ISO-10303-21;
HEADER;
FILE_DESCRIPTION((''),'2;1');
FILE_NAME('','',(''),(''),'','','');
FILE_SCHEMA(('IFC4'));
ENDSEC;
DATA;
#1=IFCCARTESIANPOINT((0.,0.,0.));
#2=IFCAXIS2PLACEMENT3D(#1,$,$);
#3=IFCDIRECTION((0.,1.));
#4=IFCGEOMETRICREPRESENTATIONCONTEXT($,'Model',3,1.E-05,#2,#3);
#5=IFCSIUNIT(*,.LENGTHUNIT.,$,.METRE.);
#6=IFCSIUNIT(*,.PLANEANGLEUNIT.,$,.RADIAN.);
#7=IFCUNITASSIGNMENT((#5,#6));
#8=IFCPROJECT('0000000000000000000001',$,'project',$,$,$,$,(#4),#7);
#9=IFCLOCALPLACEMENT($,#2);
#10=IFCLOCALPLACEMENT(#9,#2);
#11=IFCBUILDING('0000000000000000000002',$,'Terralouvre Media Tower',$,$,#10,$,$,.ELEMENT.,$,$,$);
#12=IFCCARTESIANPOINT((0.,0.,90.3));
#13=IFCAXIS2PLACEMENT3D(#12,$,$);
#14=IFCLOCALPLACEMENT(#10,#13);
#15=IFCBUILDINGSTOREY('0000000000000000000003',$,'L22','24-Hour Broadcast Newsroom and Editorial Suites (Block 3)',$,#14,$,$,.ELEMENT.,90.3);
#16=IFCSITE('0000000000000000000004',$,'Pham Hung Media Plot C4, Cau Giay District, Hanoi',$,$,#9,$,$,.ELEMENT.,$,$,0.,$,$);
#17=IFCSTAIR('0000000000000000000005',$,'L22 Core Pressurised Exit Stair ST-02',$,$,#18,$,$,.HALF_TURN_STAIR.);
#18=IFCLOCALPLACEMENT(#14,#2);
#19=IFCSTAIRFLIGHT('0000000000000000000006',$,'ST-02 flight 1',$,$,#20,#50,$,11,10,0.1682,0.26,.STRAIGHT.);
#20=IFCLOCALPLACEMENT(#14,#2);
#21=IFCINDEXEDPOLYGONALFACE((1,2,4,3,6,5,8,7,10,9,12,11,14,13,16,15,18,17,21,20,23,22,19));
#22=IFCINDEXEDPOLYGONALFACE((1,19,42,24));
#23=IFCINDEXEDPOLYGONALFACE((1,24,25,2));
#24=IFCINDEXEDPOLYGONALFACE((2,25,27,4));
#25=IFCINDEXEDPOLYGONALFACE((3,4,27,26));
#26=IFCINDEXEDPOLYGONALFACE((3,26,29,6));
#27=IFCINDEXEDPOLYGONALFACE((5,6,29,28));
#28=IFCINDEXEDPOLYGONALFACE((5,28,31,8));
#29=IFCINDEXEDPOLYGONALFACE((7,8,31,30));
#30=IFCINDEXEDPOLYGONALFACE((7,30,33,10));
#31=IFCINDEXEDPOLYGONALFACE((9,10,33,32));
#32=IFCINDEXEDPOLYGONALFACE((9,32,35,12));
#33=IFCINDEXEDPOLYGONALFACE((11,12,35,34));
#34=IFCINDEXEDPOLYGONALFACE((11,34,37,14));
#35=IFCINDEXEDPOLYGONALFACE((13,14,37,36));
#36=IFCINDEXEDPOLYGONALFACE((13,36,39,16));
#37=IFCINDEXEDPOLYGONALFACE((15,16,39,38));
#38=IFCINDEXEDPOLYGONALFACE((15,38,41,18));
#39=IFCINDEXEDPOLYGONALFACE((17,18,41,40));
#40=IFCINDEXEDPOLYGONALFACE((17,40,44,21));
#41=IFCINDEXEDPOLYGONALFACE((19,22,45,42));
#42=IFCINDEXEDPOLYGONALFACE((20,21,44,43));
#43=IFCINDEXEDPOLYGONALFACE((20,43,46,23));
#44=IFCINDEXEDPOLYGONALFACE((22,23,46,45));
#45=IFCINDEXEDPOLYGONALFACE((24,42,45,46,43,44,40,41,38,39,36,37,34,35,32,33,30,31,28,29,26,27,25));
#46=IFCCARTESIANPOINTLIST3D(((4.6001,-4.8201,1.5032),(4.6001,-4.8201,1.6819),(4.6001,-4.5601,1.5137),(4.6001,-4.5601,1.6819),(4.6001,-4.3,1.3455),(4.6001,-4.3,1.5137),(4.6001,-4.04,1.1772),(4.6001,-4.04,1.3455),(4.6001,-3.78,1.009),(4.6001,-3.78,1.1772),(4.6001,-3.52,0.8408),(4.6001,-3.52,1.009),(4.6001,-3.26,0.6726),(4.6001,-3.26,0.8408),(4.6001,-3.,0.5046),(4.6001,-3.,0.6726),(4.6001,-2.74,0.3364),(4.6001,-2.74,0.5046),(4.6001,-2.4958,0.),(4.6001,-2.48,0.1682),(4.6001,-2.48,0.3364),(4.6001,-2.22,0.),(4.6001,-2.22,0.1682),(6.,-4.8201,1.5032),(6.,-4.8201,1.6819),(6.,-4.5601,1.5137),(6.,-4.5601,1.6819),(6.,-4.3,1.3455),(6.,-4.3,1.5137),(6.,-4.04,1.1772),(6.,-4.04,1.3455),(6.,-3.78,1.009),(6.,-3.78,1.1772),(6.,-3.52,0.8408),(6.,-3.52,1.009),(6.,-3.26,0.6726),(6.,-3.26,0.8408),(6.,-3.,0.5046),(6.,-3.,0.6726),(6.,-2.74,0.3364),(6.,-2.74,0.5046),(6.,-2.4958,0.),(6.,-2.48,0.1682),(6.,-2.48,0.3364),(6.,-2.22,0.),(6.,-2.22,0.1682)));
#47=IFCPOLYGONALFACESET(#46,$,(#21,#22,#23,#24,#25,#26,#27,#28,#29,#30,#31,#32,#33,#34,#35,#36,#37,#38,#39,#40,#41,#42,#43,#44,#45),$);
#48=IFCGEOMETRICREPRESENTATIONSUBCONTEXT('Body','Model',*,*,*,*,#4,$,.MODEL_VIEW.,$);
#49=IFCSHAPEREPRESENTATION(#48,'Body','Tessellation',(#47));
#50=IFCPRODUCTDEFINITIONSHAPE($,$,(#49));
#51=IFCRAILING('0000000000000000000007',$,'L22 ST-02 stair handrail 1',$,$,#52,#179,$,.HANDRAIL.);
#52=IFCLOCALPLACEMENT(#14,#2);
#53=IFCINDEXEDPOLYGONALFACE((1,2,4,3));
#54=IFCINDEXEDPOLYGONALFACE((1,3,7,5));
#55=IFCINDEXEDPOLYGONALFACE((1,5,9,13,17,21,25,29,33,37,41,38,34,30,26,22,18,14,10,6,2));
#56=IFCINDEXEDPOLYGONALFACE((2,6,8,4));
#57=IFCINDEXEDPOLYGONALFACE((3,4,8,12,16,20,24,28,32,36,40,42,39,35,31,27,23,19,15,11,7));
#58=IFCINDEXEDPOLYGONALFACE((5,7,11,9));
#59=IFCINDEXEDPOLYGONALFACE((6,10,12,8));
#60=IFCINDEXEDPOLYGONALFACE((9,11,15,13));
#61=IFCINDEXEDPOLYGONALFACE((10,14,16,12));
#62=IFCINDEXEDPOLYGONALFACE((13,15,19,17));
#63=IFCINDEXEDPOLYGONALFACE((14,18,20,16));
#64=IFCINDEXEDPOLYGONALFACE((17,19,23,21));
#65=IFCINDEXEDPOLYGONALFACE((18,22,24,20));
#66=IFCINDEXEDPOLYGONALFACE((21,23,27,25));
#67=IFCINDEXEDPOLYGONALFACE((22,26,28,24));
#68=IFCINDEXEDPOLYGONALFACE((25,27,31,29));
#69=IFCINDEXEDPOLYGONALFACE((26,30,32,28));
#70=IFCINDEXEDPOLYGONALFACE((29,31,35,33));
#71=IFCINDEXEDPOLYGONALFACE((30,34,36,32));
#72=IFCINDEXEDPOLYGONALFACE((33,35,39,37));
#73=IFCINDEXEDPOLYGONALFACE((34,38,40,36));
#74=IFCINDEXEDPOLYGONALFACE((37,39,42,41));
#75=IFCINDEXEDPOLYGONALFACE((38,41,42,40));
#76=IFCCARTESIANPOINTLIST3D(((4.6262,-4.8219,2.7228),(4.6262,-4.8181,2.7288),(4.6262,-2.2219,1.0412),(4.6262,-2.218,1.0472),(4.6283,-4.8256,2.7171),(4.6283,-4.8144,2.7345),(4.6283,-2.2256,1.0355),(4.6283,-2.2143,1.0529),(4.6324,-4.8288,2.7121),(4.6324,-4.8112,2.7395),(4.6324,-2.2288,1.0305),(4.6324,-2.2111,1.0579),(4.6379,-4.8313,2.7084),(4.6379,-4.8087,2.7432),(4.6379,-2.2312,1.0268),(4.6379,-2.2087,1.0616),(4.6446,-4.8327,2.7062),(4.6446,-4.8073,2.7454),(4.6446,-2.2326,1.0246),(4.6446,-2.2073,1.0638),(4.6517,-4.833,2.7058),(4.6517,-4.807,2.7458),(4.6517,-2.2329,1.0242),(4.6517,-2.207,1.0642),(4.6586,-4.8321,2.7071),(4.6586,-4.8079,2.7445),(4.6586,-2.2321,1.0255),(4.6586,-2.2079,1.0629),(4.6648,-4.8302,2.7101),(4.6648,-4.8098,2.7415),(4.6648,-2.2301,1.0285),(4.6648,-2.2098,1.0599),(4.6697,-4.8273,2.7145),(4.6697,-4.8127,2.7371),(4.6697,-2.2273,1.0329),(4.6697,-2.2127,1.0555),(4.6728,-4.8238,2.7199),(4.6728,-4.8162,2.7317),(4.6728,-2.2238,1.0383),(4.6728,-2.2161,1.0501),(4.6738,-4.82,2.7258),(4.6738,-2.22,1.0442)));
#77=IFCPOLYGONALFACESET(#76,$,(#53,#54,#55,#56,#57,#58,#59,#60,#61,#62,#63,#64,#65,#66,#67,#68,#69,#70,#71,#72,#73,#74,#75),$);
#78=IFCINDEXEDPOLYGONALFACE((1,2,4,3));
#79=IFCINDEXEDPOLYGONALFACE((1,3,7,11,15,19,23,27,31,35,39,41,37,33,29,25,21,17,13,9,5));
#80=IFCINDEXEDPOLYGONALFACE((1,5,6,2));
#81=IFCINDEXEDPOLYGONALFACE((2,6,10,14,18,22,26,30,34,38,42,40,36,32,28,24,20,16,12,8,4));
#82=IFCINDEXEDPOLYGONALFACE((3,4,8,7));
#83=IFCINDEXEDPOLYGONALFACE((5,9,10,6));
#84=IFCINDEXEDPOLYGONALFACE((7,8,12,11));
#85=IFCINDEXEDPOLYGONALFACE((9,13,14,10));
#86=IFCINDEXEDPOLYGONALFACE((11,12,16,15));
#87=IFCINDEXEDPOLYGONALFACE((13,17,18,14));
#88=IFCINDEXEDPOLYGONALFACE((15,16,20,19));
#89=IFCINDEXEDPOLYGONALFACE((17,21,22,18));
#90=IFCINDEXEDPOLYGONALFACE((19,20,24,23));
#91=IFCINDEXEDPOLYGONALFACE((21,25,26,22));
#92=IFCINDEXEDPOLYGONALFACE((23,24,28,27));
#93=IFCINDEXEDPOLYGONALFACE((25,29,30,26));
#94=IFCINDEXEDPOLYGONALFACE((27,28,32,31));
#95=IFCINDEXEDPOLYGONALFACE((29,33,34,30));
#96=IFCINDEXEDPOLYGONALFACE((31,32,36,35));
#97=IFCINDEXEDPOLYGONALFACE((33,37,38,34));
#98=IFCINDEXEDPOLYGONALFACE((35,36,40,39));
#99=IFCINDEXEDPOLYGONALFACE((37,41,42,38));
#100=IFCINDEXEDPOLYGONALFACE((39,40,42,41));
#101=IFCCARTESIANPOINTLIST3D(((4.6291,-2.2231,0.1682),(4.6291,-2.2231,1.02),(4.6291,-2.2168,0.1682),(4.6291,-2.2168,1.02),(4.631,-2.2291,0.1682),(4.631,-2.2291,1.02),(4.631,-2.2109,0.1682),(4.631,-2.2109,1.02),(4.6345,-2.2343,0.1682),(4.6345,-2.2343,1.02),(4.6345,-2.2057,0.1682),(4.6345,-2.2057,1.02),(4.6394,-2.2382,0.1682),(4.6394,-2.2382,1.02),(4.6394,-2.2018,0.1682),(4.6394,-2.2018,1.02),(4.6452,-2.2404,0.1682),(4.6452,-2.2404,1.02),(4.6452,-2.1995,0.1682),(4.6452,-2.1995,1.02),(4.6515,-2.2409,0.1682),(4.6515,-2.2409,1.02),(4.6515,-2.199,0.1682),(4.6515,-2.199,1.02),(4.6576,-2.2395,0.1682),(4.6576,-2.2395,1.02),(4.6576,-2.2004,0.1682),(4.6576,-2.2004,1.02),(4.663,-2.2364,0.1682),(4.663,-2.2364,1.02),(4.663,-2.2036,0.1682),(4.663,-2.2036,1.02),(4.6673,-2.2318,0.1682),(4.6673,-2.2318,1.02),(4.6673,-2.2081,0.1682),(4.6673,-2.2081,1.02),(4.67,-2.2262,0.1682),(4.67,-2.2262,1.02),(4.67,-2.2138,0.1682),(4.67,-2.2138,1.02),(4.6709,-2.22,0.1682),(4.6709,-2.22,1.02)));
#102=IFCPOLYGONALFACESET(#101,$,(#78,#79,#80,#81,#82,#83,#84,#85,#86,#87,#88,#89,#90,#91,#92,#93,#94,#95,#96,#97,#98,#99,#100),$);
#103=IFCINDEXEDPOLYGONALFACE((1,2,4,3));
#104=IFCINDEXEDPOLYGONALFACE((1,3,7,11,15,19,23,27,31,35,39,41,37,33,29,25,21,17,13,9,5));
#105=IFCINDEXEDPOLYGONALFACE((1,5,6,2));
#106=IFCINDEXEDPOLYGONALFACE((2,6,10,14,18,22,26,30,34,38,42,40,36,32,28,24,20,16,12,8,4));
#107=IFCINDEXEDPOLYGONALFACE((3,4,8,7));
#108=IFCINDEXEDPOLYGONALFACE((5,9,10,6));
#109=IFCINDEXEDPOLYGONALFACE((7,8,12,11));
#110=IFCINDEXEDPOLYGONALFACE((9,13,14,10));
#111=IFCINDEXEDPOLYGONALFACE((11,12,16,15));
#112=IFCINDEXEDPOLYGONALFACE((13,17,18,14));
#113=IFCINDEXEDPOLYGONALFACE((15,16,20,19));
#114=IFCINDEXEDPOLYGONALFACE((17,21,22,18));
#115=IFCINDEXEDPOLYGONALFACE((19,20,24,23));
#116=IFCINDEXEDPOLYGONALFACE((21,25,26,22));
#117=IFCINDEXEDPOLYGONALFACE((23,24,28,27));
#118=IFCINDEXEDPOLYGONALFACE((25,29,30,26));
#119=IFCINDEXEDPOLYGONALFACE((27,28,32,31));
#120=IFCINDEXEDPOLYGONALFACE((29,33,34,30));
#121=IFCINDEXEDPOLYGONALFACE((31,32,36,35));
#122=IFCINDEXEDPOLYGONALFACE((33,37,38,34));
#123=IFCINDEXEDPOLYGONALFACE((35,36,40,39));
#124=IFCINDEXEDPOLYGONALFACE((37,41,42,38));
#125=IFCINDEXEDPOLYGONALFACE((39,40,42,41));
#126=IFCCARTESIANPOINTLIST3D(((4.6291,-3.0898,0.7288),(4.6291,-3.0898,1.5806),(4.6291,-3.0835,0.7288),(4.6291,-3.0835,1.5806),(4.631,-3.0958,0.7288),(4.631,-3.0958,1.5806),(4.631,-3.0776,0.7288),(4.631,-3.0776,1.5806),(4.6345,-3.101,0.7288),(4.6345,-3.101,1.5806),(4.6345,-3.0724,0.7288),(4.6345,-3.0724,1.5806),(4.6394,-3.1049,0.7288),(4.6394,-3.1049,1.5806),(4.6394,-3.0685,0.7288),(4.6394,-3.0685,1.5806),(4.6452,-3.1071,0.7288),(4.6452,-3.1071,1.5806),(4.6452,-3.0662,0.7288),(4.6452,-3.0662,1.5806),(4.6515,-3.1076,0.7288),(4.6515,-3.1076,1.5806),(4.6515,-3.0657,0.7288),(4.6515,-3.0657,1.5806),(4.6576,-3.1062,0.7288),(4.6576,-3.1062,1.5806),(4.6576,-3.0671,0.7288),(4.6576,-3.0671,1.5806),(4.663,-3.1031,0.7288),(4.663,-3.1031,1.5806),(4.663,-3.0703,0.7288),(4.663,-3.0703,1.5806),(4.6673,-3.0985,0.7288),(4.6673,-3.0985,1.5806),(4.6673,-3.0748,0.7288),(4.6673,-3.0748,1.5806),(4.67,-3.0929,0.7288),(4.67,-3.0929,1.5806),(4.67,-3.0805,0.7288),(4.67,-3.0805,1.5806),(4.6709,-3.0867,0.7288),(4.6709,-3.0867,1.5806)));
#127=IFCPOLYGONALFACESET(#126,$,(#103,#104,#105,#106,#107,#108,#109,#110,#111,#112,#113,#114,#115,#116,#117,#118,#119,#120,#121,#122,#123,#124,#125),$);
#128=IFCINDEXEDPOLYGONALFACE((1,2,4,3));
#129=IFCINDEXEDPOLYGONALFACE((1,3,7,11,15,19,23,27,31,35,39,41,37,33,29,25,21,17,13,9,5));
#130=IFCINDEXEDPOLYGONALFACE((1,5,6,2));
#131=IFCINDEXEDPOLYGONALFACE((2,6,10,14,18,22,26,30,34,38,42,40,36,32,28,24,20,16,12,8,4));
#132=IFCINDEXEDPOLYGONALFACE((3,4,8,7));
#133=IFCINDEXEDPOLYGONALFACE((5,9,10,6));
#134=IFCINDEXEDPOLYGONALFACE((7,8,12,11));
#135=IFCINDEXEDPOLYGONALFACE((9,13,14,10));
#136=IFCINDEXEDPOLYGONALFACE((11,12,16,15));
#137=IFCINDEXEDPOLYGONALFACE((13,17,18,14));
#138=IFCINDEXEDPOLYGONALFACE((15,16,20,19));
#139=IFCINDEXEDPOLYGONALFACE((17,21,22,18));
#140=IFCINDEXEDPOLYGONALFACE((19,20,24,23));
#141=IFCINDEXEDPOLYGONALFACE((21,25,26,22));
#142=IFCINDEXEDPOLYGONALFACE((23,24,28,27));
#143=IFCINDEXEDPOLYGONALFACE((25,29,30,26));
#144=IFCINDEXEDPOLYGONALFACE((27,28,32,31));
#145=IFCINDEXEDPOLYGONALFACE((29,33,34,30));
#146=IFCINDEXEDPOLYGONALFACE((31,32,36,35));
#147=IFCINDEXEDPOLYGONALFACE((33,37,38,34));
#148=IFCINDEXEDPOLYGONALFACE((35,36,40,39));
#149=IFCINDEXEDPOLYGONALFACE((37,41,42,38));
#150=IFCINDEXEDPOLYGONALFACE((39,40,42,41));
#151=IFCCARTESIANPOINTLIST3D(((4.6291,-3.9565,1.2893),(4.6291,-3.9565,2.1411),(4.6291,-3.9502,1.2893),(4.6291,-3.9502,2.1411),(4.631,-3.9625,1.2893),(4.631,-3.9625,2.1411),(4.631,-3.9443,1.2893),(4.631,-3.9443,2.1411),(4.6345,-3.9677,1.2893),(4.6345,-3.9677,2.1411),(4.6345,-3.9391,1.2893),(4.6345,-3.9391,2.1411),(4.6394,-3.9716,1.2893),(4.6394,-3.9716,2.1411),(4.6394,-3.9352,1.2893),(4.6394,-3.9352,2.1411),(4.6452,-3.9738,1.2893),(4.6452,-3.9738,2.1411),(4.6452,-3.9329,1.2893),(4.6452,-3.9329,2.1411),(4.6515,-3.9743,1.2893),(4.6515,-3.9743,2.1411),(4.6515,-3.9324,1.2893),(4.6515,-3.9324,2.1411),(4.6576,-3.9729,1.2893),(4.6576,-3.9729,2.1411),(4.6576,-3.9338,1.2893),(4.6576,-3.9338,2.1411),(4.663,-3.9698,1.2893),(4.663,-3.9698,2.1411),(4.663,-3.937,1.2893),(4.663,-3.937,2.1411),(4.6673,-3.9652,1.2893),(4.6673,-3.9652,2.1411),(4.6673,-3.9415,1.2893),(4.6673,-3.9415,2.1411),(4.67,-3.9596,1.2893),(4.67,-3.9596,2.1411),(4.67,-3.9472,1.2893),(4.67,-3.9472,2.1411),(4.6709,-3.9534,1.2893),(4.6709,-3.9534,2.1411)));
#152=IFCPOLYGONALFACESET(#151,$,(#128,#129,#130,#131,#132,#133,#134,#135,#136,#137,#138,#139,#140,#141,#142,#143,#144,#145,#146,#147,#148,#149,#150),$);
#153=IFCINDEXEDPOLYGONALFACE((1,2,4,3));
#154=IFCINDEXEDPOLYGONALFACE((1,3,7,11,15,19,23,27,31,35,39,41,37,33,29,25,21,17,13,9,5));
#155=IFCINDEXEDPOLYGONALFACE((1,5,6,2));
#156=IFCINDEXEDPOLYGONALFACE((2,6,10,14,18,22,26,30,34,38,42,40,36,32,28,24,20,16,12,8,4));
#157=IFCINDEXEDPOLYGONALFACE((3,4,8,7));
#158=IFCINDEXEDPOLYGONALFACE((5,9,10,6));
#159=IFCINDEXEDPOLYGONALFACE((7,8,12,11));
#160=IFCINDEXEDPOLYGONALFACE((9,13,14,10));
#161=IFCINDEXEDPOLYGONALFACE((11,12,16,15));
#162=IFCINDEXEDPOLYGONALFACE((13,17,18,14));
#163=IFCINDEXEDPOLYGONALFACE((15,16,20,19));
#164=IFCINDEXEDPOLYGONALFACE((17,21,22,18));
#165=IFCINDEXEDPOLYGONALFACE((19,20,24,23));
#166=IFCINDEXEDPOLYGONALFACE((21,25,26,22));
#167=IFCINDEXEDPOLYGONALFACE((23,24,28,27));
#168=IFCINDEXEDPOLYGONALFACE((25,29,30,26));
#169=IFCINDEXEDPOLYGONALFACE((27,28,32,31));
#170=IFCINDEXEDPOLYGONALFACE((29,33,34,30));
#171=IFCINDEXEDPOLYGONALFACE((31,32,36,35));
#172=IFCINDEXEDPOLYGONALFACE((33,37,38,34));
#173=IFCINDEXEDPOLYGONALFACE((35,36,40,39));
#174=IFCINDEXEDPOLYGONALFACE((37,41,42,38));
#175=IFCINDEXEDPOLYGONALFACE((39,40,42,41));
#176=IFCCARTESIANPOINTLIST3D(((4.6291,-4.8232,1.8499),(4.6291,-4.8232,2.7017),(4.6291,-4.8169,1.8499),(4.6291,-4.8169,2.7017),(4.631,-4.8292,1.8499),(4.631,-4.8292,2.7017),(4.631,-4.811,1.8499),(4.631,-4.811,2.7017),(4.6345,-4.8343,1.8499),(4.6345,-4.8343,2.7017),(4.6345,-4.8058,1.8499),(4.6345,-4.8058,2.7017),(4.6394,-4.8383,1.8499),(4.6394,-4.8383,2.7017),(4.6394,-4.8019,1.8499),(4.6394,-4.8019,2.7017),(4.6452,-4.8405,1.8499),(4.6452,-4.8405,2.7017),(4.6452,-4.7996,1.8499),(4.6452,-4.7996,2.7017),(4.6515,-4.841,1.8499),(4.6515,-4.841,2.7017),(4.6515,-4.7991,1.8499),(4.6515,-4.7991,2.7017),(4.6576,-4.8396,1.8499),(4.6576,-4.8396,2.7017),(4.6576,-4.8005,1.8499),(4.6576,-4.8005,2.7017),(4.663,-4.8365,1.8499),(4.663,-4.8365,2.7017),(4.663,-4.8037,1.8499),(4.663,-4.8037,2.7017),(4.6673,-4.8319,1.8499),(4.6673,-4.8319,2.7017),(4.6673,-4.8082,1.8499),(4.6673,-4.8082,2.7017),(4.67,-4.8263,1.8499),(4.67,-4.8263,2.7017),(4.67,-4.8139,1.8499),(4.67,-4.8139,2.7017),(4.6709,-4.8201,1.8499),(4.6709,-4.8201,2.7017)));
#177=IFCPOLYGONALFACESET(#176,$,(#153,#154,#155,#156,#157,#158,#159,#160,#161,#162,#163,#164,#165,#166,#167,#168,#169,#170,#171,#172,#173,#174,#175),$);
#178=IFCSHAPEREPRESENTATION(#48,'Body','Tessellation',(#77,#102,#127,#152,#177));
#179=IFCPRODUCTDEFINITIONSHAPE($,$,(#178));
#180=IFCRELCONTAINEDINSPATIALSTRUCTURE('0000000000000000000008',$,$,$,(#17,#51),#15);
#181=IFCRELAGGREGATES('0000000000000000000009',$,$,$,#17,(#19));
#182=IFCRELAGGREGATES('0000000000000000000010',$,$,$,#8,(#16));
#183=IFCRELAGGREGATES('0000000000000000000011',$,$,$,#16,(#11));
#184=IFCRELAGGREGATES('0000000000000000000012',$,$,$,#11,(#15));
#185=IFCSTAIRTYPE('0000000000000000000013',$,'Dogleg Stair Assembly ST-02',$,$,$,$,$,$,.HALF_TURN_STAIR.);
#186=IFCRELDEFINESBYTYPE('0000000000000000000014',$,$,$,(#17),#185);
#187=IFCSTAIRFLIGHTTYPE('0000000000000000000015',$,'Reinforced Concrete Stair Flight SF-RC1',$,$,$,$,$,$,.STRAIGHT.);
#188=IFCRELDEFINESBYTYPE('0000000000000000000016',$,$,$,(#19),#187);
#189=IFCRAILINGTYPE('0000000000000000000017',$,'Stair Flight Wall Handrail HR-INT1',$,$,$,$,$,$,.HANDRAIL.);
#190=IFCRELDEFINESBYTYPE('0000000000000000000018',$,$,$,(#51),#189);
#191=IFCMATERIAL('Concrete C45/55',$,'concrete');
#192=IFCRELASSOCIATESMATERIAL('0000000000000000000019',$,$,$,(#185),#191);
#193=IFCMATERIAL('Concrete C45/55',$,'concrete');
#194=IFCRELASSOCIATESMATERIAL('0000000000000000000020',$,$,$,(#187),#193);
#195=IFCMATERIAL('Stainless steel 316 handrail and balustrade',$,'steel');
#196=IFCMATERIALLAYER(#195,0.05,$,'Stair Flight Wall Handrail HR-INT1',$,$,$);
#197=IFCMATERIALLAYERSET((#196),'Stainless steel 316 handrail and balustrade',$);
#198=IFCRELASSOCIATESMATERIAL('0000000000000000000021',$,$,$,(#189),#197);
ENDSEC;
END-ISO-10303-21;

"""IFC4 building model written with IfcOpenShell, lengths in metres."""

from ifc_helpers import new_model, si_unit, direction, frame, origin, origin_2d, place, context, subcontext, project, spatial, polyline, circle, outline, extrude, material, layer, layer_set, type_object, element, aggregate, save


model = new_model("IFC4")

# Units and contexts
model_context = context("Model", 3, precision=1e-05, world=origin(), true_north=direction((0.0, 1.0)))
body_context = subcontext(model_context, "Body", "Model", "MODEL_VIEW")
ifc_project = project(units=[si_unit("LENGTHUNIT", "METRE"), si_unit("PLANEANGLEUNIT", "RADIAN")], contexts=[model_context])

# Site, building, storey
site_placement = place(None, origin())
site = spatial("IfcSite", under=ifc_project, at=site_placement, Name="Pham Hung Media Plot C4, Cau Giay District, Hanoi", CompositionType="ELEMENT", RefElevation=0.0)
building_placement = place(site_placement, origin())
building = spatial("IfcBuilding", under=site, at=building_placement, Name="Terralouvre Media Tower", CompositionType="ELEMENT")
storey_placement = place(building_placement, frame((0.0, 0.0, 90.3)))
storey = spatial("IfcBuildingStorey", under=building, at=storey_placement, Name="L22", Description="24-Hour Broadcast Newsroom and Editorial Suites (Block 3)", CompositionType="ELEMENT", Elevation=90.3)

# Stair, stair flight
ifc_material_1 = material(Name="Concrete C45/55", Category="concrete")
stair_type = type_object("IfcStairType", Name="Dogleg Stair Assembly ST-02", PredefinedType="HALF_TURN_STAIR", material=ifc_material_1)
stair_placement = place(storey_placement, origin())
stair = element("IfcStair", 1, at=stair_placement, inside=storey, type_object=stair_type, Name="L22 Core Pressurised Exit Stair ST-02", PredefinedType="HALF_TURN_STAIR")
ifc_material_2 = material(Name="Concrete C45/55", Category="concrete")
stair_flight_type = type_object("IfcStairFlightType", Name="Reinforced Concrete Stair Flight SF-RC1", PredefinedType="STRAIGHT", material=ifc_material_2)
stair_flight_placement = place(storey_placement, frame((5.3, -2.22, 0.0), z_axis=(0.0, 0.0, 1.0), x_axis=(0.0, -1.0, 0.0)))
stair_flight = element("IfcStairFlight", 2, at=stair_flight_placement, type_object=stair_flight_type, Name="ST-02 flight 1", NumberOfRisers=11, NumberOfTreads=10, PredefinedType="STRAIGHT", RiserHeight=0.1682, TreadLength=0.26, context=body_context, shape_type="SweptSolid", body=[
    extrude(outline(polyline([(0.0, 0.0), (0.0, 0.1682), (0.26, 0.1682), (0.26, 0.3364), (0.52, 0.3364), (0.52, 0.5046), (0.78, 0.5046), (0.78, 0.6726), (1.04, 0.6726), (1.04, 0.8408), (1.3, 0.8408), (1.3, 1.009), (1.5601, 1.009), (1.5601, 1.1772), (1.8201, 1.1772), (1.8201, 1.3455), (2.0801, 1.3455), (2.0801, 1.5137), (2.3401, 1.5137), (2.3401, 1.6819), (2.6001, 1.6819), (2.6001, 1.8501), (2.6001, 1.5032), (0.2759, 0.0), (0.0, 0.0)])), frame((0.0, 0.7, 0.0), z_axis=(0.0, -1.0, 0.0), x_axis=(1.0, 0.0, 0.0)), (0.0, 0.0, 1.0), 1.3999),
])
aggregate(stair, [stair_flight])

# Railing
ifc_material_3 = material(Name="Stainless steel 316 handrail and balustrade", Category="steel")
ifc_layer_1 = layer(ifc_material_3, 0.05, Name="Stair Flight Wall Handrail HR-INT1")
ifc_layer_set_1 = layer_set([ifc_layer_1], Name="Stainless steel 316 handrail and balustrade")
railing_type_1 = type_object("IfcRailingType", Name="Stair Flight Wall Handrail HR-INT1", PredefinedType="HANDRAIL", material=ifc_layer_set_1)
railing_1_placement = place(storey_placement, frame((4.6499, -2.22, 0.1682)))
element("IfcRailing", 3, at=railing_1_placement, inside=storey, type_object=railing_type_1, Name="L22 ST-02 stair handrail 1", PredefinedType="HANDRAIL", context=body_context, shape_type="SweptSolid", body=[
    extrude(circle(Radius=0.0239, at=origin_2d()), frame((0.0, 0.0, 0.876), z_axis=(0.0, -0.839684, 0.543075), x_axis=(1.0, 0.0, 0.0)), (0.0, 0.0, 1.0), 3.0964),
    extrude(circle(Radius=0.021, at=origin_2d()), origin(), (0.0, 0.0, 1.0), 0.8518),
    extrude(circle(Radius=0.021, at=origin_2d()), frame((0.0, -0.8667, 0.5605)), (0.0, 0.0, 1.0), 0.8518),
    extrude(circle(Radius=0.021, at=origin_2d()), frame((0.0, -1.7334, 1.1211)), (0.0, 0.0, 1.0), 0.8518),
    extrude(circle(Radius=0.021, at=origin_2d()), frame((0.0, -2.6001, 1.6816)), (0.0, 0.0, 1.0), 0.8518),
])

save(model, "model.ifc")
